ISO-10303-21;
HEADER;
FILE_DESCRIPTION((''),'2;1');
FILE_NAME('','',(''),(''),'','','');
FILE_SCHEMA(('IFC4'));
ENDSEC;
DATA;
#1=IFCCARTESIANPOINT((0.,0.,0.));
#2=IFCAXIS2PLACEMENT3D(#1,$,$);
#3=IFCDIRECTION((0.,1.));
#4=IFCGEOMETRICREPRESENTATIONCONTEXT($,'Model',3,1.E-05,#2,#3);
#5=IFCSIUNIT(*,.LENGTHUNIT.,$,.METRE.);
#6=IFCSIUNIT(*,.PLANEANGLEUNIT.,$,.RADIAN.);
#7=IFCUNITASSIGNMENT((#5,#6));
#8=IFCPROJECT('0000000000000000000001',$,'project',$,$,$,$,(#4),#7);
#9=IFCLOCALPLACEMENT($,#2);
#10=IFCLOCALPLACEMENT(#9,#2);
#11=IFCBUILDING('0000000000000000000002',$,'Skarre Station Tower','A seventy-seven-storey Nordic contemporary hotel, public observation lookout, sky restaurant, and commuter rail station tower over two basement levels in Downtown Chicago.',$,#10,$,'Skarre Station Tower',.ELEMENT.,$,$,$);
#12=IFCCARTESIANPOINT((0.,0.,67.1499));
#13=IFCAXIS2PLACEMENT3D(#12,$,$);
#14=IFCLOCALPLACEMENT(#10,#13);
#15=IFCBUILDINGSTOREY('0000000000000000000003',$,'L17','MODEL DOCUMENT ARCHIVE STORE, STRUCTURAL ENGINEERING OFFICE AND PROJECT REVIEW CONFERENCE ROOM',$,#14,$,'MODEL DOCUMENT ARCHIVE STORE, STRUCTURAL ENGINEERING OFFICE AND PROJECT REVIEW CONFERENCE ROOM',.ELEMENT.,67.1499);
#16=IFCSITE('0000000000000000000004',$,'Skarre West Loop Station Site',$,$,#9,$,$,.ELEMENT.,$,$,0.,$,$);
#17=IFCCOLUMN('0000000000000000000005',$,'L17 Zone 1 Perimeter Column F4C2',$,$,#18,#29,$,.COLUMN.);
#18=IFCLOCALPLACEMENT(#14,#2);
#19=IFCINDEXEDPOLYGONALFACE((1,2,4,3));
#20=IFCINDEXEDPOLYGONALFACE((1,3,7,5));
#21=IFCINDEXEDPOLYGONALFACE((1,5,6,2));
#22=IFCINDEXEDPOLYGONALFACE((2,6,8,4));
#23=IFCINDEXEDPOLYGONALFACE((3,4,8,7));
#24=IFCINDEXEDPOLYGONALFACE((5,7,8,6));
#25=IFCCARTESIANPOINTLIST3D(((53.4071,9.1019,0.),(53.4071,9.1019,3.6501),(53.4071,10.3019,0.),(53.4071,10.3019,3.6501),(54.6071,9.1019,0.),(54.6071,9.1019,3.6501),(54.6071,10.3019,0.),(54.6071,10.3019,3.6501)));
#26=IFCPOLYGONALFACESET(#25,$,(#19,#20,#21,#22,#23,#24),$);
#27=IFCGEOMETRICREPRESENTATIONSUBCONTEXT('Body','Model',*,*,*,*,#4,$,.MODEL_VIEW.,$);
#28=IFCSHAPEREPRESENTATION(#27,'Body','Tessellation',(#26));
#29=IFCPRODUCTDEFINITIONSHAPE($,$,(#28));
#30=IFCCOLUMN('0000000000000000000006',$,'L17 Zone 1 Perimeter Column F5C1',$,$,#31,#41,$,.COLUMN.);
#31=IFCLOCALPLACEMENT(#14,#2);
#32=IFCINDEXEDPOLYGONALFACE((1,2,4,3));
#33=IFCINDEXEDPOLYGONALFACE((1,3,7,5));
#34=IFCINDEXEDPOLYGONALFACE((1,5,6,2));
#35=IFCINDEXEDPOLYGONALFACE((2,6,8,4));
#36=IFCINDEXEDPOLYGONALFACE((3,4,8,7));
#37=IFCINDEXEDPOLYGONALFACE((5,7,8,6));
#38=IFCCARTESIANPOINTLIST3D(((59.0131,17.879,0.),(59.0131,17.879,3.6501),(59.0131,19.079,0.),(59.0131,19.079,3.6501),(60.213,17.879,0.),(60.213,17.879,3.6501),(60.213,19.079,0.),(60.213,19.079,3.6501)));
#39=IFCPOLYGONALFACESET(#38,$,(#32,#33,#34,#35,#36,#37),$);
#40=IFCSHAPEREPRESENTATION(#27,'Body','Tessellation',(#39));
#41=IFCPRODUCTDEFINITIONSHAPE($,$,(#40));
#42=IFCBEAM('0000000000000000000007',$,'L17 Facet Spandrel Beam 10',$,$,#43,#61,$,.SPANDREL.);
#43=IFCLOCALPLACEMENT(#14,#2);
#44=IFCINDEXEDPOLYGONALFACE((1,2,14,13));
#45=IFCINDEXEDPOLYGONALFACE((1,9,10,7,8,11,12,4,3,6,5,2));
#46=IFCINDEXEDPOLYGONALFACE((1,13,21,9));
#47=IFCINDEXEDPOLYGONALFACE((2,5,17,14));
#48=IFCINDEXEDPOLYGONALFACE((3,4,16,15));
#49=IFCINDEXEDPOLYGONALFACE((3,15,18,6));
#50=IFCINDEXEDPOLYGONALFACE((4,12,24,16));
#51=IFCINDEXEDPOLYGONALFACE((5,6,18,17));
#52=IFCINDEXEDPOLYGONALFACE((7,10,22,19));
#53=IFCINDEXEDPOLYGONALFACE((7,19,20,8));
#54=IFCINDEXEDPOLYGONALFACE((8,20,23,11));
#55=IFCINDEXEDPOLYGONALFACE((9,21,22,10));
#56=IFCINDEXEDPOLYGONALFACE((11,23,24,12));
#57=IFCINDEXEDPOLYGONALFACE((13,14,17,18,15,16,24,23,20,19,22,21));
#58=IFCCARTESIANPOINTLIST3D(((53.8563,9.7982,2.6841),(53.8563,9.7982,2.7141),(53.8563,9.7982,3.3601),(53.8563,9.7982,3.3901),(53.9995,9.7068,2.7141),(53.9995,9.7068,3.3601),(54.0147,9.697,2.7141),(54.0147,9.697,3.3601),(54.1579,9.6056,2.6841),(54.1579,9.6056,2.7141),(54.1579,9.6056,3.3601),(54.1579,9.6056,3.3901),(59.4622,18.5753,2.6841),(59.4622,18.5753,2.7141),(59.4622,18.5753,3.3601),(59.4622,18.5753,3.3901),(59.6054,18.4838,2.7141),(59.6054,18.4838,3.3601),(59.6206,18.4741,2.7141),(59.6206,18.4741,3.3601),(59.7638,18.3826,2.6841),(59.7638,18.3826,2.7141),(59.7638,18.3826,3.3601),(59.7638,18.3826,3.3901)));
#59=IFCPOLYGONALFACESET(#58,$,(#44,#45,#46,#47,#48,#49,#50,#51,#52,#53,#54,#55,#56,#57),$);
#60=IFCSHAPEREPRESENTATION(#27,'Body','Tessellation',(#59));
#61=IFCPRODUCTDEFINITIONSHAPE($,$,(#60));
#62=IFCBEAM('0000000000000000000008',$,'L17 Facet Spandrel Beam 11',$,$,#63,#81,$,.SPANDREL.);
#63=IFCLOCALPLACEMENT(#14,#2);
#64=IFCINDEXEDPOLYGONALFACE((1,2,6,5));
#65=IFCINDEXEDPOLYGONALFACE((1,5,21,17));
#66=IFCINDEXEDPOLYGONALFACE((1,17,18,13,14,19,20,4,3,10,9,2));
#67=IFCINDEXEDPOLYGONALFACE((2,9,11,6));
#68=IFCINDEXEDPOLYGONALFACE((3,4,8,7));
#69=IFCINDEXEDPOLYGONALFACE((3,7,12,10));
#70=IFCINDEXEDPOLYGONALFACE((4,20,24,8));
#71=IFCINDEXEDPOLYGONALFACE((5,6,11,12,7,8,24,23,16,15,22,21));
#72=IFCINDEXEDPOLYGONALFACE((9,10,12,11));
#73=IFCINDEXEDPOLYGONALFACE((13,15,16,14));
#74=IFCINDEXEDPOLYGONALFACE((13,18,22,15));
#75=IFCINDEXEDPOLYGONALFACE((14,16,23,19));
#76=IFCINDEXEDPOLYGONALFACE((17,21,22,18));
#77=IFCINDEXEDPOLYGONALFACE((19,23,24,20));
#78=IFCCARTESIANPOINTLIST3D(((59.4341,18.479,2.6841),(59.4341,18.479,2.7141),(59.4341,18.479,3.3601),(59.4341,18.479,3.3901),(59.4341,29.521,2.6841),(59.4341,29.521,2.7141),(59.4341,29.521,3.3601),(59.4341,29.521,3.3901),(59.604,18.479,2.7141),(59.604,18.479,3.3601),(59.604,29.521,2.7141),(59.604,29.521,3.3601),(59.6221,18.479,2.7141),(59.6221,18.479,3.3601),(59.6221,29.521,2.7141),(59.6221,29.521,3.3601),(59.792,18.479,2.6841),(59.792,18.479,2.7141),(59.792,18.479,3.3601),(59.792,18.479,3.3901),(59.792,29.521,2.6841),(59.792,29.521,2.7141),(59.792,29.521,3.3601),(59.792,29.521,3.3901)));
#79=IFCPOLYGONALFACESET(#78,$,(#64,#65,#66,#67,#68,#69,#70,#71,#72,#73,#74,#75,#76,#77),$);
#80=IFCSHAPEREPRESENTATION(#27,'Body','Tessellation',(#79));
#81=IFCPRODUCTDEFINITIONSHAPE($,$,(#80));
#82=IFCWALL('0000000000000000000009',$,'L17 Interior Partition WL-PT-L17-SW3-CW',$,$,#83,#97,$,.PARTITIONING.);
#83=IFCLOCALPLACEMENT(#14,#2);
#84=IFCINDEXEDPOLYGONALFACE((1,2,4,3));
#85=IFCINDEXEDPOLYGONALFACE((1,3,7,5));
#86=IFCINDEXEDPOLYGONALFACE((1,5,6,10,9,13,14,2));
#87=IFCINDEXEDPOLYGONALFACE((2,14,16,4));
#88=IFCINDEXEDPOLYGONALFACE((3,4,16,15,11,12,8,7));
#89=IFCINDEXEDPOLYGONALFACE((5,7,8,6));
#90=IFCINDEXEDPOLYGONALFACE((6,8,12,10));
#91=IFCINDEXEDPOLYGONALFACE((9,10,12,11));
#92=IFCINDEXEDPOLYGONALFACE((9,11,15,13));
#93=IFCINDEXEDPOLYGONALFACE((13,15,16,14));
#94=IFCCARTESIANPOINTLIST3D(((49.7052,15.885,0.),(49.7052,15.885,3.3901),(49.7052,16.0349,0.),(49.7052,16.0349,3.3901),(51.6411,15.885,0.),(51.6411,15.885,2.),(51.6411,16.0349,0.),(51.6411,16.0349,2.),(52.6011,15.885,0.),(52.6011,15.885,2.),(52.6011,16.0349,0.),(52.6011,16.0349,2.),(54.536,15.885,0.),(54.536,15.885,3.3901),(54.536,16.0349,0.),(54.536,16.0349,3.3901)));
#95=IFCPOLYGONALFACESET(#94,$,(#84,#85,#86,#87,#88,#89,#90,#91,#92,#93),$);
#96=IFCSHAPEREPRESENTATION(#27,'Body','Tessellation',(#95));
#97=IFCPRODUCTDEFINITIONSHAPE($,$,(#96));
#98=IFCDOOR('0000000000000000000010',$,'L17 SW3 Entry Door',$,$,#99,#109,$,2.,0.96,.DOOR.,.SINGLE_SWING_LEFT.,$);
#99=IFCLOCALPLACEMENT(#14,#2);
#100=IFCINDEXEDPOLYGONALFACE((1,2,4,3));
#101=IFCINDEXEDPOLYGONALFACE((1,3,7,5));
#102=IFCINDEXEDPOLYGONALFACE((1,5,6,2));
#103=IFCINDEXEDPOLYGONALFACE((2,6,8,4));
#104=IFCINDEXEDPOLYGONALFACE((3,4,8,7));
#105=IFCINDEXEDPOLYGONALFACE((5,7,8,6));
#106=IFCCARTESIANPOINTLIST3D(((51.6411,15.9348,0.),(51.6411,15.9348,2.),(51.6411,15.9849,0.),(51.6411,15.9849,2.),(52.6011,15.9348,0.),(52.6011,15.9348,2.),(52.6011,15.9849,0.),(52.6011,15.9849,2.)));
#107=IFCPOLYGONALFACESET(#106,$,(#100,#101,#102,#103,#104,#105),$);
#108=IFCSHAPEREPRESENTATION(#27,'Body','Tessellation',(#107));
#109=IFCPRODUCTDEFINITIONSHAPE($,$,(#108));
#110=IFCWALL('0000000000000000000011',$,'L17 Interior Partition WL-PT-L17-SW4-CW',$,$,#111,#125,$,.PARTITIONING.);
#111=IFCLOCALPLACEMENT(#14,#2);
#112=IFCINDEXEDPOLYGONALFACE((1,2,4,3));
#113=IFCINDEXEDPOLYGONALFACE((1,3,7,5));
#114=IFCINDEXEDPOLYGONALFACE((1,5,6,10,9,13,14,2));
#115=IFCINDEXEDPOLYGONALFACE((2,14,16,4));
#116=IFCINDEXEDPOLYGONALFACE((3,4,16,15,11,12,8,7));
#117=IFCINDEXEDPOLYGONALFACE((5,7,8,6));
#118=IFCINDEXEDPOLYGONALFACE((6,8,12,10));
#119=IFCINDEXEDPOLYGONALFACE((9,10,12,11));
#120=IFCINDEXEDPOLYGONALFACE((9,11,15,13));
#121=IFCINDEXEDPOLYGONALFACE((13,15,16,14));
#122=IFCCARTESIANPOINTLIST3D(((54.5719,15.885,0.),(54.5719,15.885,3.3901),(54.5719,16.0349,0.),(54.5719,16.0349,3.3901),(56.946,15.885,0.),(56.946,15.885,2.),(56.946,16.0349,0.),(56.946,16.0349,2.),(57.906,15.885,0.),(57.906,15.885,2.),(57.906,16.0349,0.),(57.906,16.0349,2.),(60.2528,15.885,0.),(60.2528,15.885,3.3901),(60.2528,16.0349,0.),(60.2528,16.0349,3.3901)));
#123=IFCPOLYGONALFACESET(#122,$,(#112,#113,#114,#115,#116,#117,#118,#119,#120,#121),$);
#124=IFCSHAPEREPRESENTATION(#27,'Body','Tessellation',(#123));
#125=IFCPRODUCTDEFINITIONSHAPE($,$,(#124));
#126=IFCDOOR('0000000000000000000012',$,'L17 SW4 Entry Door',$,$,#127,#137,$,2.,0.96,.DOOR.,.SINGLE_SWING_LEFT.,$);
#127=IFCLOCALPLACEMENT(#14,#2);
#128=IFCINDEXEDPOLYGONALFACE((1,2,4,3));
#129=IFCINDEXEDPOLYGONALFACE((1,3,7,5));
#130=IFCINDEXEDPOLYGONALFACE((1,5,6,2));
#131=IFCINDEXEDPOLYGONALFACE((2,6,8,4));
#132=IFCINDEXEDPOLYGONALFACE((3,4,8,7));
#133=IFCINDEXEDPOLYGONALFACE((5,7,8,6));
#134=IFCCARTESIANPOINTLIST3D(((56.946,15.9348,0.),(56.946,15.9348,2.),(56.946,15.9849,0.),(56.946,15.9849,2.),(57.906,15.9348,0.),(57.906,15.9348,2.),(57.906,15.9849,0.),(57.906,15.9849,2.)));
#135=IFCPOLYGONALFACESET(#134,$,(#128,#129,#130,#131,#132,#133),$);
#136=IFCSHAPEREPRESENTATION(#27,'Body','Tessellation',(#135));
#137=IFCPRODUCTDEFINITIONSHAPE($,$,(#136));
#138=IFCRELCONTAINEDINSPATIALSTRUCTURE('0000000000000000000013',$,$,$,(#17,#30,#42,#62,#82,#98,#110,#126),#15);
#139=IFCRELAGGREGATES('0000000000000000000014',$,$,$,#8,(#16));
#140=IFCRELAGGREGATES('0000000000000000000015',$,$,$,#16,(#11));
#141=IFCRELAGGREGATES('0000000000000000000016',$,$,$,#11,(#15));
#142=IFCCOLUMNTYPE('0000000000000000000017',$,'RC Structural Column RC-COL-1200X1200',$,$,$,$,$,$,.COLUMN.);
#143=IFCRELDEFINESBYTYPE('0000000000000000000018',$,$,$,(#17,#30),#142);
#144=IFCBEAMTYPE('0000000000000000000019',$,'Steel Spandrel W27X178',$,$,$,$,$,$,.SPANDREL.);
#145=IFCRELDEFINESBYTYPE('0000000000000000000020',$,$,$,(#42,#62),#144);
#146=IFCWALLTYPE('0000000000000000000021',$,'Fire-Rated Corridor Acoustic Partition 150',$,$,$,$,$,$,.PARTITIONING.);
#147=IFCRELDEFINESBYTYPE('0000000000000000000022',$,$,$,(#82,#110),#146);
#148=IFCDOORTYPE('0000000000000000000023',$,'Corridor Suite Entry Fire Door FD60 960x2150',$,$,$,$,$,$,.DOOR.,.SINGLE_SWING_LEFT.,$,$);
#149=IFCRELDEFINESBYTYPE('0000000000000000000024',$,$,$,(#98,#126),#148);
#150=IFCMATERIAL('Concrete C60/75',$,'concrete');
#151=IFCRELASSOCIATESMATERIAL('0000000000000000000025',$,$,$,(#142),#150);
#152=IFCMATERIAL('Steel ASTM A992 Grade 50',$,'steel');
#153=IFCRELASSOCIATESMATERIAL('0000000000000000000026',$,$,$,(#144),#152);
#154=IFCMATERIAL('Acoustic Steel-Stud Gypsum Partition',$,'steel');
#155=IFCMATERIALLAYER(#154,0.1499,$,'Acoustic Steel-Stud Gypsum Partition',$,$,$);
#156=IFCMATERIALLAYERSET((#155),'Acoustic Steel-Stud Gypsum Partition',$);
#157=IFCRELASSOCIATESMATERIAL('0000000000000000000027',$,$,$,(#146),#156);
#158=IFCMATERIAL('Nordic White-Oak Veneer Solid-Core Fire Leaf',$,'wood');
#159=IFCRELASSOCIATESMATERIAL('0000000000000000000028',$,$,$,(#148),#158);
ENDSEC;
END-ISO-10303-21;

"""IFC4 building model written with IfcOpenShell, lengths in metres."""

from ifc_helpers import new_model, si_unit, direction, frame, frame_2d, origin, origin_2d, place, context, subcontext, project, spatial, rectangle, i_section, extrude, material, layer, layer_set, material_profile, profile_set, type_object, element, fill, save


model = new_model("IFC4")

# Units and contexts
model_context = context("Model", 3, precision=1e-05, world=origin(), true_north=direction((0.0, 1.0)))
body_context = subcontext(model_context, "Body", "Model", "MODEL_VIEW")
ifc_project = project(units=[si_unit("LENGTHUNIT", "METRE"), si_unit("PLANEANGLEUNIT", "RADIAN")], contexts=[model_context])

# Site, building, storey
site_placement = place(None, origin())
site = spatial("IfcSite", under=ifc_project, at=site_placement, Name="Skarre West Loop Station Site", CompositionType="ELEMENT", RefElevation=0.0)
building_placement = place(site_placement, origin())
building = spatial("IfcBuilding", under=site, at=building_placement, Name="Skarre Station Tower", Description="A seventy-seven-storey Nordic contemporary hotel, public observation lookout, sky restaurant, and commuter rail station tower over two basement levels in Downtown Chicago.", LongName="Skarre Station Tower", CompositionType="ELEMENT")
storey_placement = place(building_placement, frame((0.0, 0.0, 67.1499)))
storey = spatial("IfcBuildingStorey", under=building, at=storey_placement, Name="L17", Description="MODEL DOCUMENT ARCHIVE STORE, STRUCTURAL ENGINEERING OFFICE AND PROJECT REVIEW CONFERENCE ROOM", LongName="MODEL DOCUMENT ARCHIVE STORE, STRUCTURAL ENGINEERING OFFICE AND PROJECT REVIEW CONFERENCE ROOM", CompositionType="ELEMENT", Elevation=67.1499)

# Columns
ifc_material_1 = material(Name="Concrete C60/75", Category="concrete")
ifc_material_profile_1 = material_profile(ifc_material_1, rectangle(XDim=1.2, YDim=1.2, at=origin_2d()), Name="Concrete C60/75")
ifc_profile_set_1 = profile_set([ifc_material_profile_1], Name="Concrete C60/75")
column_type = type_object("IfcColumnType", Name="RC Structural Column RC-COL-1200X1200", PredefinedType="COLUMN", material=ifc_profile_set_1)
for number, where, z_axis, x_axis, name in (
    (1, (54.0071, 9.7019, 0.0), (0.0, 0.0, 1.0), (1.0, 0.0, 0.0), "L17 Zone 1 Perimeter Column F4C2"),
    (2, (59.613, 18.479, 0.0), (0.0, 0.0, 1.0), (1.0, 0.0, 0.0), "L17 Zone 1 Perimeter Column F5C1"),
):
    element("IfcColumn", number, at=place(storey_placement, frame(where, z_axis=z_axis, x_axis=x_axis)), inside=storey, type_object=column_type, Name=name, PredefinedType="COLUMN", context=body_context, shape_type="SweptSolid", body=[
        extrude(rectangle(XDim=1.2, YDim=1.2, at=origin_2d()), origin(), (0.0, 0.0, 1.0), 3.6501),
    ])

# Beams
ifc_material_2 = material(Name="Steel ASTM A992 Grade 50", Category="steel")
ifc_material_profile_2 = material_profile(ifc_material_2, i_section(OverallWidth=0.3579, OverallDepth=0.7061, WebThickness=0.0181, FlangeThickness=0.03, at=origin_2d()), Name="Steel ASTM A992 Grade 50")
ifc_profile_set_2 = profile_set([ifc_material_profile_2], Name="Steel ASTM A992 Grade 50")
beam_type = type_object("IfcBeamType", Name="Steel Spandrel W27X178", PredefinedType="SPANDREL", material=ifc_profile_set_2)
beam_1_placement = place(storey_placement, frame((54.0071, 9.7019, 3.0371), z_axis=(0.538278, 0.842767, 0.0), x_axis=(-0.842767, 0.538278, 0.0)))
element("IfcBeam", 3, at=beam_1_placement, inside=storey, type_object=beam_type, Name="L17 Facet Spandrel Beam 10", PredefinedType="SPANDREL", context=body_context, shape_type="SweptSolid", body=[
    extrude(i_section(OverallWidth=0.3579, OverallDepth=0.7061, WebThickness=0.0181, FlangeThickness=0.03, at=origin_2d()), origin(), (0.0, 0.0, 1.0), 10.4146),
])
beam_2_placement = place(storey_placement, frame((59.613, 18.479, 3.0371), z_axis=(0.0, 1.0, 0.0), x_axis=(-1.0, 0.0, 0.0)))
element("IfcBeam", 4, at=beam_2_placement, inside=storey, type_object=beam_type, Name="L17 Facet Spandrel Beam 11", PredefinedType="SPANDREL", context=body_context, shape_type="SweptSolid", body=[
    extrude(i_section(OverallWidth=0.3579, OverallDepth=0.7061, WebThickness=0.0181, FlangeThickness=0.03, at=origin_2d()), origin(), (0.0, 0.0, 1.0), 11.042),
])

# Walls, openings, doors
ifc_material_3 = material(Name="Acoustic Steel-Stud Gypsum Partition", Category="steel")
ifc_layer_1 = layer(ifc_material_3, 0.1499, Name="Acoustic Steel-Stud Gypsum Partition")
ifc_layer_set_1 = layer_set([ifc_layer_1], Name="Acoustic Steel-Stud Gypsum Partition")
wall_type_1 = type_object("IfcWallType", Name="Fire-Rated Corridor Acoustic Partition 150", PredefinedType="PARTITIONING", material=ifc_layer_set_1)
wall_1_placement = place(storey_placement, frame((49.7051, 15.96, 0.0), z_axis=(0.0, 0.0, 1.0), x_axis=(1.0, 0.0, 0.0)))
wall_1 = element("IfcWall", 5, at=wall_1_placement, inside=storey, type_object=wall_type_1, Name="L17 Interior Partition WL-PT-L17-SW3-CW", PredefinedType="PARTITIONING", context=body_context, shape_type="SweptSolid", body=[
    extrude(rectangle(XDim=4.8308, YDim=0.1499, at=frame_2d((2.4155, 0.0))), origin(), (0.0, 0.0, 1.0), 3.3901),
])
opening_1_placement = place(wall_1_placement, frame((1.936, 0.0, 0.0)))
opening_1 = element("IfcOpeningElement", 6, at=opening_1_placement, cuts=wall_1, PredefinedType="OPENING", context=body_context, shape_type="SweptSolid", body=[
    extrude(rectangle(XDim=0.96, YDim=2.0, at=frame_2d((0.48, 1.0))), frame((0.0, 0.085, 0.0), z_axis=(0.0, -1.0, 0.0), x_axis=(1.0, 0.0, 0.0)), (0.0, 0.0, 1.0), 0.1699),
])
ifc_material_4 = material(Name="Nordic White-Oak Veneer Solid-Core Fire Leaf", Category="wood")
door_type = type_object("IfcDoorType", Name="Corridor Suite Entry Fire Door FD60 960x2150", OperationType="SINGLE_SWING_LEFT", PredefinedType="DOOR", material=ifc_material_4)
door_1_placement = place(opening_1_placement, origin())
door_1 = element("IfcDoor", 7, at=door_1_placement, inside=storey, type_object=door_type, Name="L17 SW3 Entry Door", OperationType="SINGLE_SWING_LEFT", OverallHeight=2.0, OverallWidth=0.96, PredefinedType="DOOR", context=body_context, shape_type="SweptSolid", body=[
    extrude(rectangle(XDim=0.96, YDim=2.0, at=frame_2d((0.48, 1.0))), frame((0.0, 0.0249, 0.0), z_axis=(0.0, -1.0, 0.0), x_axis=(1.0, 0.0, 0.0)), (0.0, 0.0, 1.0), 0.05),
])
fill(opening_1, door_1)
wall_2_placement = place(storey_placement, frame((54.572, 15.96, 0.0), z_axis=(0.0, 0.0, 1.0), x_axis=(1.0, 0.0, 0.0)))
wall_2 = element("IfcWall", 8, at=wall_2_placement, inside=storey, type_object=wall_type_1, Name="L17 Interior Partition WL-PT-L17-SW4-CW", PredefinedType="PARTITIONING", context=body_context, shape_type="SweptSolid", body=[
    extrude(rectangle(XDim=5.6809, YDim=0.1499, at=frame_2d((2.8403, 0.0))), origin(), (0.0, 0.0, 1.0), 3.3901),
])
opening_2_placement = place(wall_2_placement, frame((2.374, 0.0, 0.0)))
opening_2 = element("IfcOpeningElement", 9, at=opening_2_placement, cuts=wall_2, PredefinedType="OPENING", context=body_context, shape_type="SweptSolid", body=[
    extrude(rectangle(XDim=0.96, YDim=2.0, at=frame_2d((0.48, 1.0))), frame((0.0, 0.085, 0.0), z_axis=(0.0, -1.0, 0.0), x_axis=(1.0, 0.0, 0.0)), (0.0, 0.0, 1.0), 0.1699),
])
door_2_placement = place(opening_2_placement, origin())
door_2 = element("IfcDoor", 10, at=door_2_placement, inside=storey, type_object=door_type, Name="L17 SW4 Entry Door", OperationType="SINGLE_SWING_LEFT", OverallHeight=2.0, OverallWidth=0.96, PredefinedType="DOOR", context=body_context, shape_type="SweptSolid", body=[
    extrude(rectangle(XDim=0.96, YDim=2.0, at=frame_2d((0.48, 1.0))), frame((0.0, 0.0249, 0.0), z_axis=(0.0, -1.0, 0.0), x_axis=(1.0, 0.0, 0.0)), (0.0, 0.0, 1.0), 0.05),
])
fill(opening_2, door_2)

save(model, "model.ifc")
